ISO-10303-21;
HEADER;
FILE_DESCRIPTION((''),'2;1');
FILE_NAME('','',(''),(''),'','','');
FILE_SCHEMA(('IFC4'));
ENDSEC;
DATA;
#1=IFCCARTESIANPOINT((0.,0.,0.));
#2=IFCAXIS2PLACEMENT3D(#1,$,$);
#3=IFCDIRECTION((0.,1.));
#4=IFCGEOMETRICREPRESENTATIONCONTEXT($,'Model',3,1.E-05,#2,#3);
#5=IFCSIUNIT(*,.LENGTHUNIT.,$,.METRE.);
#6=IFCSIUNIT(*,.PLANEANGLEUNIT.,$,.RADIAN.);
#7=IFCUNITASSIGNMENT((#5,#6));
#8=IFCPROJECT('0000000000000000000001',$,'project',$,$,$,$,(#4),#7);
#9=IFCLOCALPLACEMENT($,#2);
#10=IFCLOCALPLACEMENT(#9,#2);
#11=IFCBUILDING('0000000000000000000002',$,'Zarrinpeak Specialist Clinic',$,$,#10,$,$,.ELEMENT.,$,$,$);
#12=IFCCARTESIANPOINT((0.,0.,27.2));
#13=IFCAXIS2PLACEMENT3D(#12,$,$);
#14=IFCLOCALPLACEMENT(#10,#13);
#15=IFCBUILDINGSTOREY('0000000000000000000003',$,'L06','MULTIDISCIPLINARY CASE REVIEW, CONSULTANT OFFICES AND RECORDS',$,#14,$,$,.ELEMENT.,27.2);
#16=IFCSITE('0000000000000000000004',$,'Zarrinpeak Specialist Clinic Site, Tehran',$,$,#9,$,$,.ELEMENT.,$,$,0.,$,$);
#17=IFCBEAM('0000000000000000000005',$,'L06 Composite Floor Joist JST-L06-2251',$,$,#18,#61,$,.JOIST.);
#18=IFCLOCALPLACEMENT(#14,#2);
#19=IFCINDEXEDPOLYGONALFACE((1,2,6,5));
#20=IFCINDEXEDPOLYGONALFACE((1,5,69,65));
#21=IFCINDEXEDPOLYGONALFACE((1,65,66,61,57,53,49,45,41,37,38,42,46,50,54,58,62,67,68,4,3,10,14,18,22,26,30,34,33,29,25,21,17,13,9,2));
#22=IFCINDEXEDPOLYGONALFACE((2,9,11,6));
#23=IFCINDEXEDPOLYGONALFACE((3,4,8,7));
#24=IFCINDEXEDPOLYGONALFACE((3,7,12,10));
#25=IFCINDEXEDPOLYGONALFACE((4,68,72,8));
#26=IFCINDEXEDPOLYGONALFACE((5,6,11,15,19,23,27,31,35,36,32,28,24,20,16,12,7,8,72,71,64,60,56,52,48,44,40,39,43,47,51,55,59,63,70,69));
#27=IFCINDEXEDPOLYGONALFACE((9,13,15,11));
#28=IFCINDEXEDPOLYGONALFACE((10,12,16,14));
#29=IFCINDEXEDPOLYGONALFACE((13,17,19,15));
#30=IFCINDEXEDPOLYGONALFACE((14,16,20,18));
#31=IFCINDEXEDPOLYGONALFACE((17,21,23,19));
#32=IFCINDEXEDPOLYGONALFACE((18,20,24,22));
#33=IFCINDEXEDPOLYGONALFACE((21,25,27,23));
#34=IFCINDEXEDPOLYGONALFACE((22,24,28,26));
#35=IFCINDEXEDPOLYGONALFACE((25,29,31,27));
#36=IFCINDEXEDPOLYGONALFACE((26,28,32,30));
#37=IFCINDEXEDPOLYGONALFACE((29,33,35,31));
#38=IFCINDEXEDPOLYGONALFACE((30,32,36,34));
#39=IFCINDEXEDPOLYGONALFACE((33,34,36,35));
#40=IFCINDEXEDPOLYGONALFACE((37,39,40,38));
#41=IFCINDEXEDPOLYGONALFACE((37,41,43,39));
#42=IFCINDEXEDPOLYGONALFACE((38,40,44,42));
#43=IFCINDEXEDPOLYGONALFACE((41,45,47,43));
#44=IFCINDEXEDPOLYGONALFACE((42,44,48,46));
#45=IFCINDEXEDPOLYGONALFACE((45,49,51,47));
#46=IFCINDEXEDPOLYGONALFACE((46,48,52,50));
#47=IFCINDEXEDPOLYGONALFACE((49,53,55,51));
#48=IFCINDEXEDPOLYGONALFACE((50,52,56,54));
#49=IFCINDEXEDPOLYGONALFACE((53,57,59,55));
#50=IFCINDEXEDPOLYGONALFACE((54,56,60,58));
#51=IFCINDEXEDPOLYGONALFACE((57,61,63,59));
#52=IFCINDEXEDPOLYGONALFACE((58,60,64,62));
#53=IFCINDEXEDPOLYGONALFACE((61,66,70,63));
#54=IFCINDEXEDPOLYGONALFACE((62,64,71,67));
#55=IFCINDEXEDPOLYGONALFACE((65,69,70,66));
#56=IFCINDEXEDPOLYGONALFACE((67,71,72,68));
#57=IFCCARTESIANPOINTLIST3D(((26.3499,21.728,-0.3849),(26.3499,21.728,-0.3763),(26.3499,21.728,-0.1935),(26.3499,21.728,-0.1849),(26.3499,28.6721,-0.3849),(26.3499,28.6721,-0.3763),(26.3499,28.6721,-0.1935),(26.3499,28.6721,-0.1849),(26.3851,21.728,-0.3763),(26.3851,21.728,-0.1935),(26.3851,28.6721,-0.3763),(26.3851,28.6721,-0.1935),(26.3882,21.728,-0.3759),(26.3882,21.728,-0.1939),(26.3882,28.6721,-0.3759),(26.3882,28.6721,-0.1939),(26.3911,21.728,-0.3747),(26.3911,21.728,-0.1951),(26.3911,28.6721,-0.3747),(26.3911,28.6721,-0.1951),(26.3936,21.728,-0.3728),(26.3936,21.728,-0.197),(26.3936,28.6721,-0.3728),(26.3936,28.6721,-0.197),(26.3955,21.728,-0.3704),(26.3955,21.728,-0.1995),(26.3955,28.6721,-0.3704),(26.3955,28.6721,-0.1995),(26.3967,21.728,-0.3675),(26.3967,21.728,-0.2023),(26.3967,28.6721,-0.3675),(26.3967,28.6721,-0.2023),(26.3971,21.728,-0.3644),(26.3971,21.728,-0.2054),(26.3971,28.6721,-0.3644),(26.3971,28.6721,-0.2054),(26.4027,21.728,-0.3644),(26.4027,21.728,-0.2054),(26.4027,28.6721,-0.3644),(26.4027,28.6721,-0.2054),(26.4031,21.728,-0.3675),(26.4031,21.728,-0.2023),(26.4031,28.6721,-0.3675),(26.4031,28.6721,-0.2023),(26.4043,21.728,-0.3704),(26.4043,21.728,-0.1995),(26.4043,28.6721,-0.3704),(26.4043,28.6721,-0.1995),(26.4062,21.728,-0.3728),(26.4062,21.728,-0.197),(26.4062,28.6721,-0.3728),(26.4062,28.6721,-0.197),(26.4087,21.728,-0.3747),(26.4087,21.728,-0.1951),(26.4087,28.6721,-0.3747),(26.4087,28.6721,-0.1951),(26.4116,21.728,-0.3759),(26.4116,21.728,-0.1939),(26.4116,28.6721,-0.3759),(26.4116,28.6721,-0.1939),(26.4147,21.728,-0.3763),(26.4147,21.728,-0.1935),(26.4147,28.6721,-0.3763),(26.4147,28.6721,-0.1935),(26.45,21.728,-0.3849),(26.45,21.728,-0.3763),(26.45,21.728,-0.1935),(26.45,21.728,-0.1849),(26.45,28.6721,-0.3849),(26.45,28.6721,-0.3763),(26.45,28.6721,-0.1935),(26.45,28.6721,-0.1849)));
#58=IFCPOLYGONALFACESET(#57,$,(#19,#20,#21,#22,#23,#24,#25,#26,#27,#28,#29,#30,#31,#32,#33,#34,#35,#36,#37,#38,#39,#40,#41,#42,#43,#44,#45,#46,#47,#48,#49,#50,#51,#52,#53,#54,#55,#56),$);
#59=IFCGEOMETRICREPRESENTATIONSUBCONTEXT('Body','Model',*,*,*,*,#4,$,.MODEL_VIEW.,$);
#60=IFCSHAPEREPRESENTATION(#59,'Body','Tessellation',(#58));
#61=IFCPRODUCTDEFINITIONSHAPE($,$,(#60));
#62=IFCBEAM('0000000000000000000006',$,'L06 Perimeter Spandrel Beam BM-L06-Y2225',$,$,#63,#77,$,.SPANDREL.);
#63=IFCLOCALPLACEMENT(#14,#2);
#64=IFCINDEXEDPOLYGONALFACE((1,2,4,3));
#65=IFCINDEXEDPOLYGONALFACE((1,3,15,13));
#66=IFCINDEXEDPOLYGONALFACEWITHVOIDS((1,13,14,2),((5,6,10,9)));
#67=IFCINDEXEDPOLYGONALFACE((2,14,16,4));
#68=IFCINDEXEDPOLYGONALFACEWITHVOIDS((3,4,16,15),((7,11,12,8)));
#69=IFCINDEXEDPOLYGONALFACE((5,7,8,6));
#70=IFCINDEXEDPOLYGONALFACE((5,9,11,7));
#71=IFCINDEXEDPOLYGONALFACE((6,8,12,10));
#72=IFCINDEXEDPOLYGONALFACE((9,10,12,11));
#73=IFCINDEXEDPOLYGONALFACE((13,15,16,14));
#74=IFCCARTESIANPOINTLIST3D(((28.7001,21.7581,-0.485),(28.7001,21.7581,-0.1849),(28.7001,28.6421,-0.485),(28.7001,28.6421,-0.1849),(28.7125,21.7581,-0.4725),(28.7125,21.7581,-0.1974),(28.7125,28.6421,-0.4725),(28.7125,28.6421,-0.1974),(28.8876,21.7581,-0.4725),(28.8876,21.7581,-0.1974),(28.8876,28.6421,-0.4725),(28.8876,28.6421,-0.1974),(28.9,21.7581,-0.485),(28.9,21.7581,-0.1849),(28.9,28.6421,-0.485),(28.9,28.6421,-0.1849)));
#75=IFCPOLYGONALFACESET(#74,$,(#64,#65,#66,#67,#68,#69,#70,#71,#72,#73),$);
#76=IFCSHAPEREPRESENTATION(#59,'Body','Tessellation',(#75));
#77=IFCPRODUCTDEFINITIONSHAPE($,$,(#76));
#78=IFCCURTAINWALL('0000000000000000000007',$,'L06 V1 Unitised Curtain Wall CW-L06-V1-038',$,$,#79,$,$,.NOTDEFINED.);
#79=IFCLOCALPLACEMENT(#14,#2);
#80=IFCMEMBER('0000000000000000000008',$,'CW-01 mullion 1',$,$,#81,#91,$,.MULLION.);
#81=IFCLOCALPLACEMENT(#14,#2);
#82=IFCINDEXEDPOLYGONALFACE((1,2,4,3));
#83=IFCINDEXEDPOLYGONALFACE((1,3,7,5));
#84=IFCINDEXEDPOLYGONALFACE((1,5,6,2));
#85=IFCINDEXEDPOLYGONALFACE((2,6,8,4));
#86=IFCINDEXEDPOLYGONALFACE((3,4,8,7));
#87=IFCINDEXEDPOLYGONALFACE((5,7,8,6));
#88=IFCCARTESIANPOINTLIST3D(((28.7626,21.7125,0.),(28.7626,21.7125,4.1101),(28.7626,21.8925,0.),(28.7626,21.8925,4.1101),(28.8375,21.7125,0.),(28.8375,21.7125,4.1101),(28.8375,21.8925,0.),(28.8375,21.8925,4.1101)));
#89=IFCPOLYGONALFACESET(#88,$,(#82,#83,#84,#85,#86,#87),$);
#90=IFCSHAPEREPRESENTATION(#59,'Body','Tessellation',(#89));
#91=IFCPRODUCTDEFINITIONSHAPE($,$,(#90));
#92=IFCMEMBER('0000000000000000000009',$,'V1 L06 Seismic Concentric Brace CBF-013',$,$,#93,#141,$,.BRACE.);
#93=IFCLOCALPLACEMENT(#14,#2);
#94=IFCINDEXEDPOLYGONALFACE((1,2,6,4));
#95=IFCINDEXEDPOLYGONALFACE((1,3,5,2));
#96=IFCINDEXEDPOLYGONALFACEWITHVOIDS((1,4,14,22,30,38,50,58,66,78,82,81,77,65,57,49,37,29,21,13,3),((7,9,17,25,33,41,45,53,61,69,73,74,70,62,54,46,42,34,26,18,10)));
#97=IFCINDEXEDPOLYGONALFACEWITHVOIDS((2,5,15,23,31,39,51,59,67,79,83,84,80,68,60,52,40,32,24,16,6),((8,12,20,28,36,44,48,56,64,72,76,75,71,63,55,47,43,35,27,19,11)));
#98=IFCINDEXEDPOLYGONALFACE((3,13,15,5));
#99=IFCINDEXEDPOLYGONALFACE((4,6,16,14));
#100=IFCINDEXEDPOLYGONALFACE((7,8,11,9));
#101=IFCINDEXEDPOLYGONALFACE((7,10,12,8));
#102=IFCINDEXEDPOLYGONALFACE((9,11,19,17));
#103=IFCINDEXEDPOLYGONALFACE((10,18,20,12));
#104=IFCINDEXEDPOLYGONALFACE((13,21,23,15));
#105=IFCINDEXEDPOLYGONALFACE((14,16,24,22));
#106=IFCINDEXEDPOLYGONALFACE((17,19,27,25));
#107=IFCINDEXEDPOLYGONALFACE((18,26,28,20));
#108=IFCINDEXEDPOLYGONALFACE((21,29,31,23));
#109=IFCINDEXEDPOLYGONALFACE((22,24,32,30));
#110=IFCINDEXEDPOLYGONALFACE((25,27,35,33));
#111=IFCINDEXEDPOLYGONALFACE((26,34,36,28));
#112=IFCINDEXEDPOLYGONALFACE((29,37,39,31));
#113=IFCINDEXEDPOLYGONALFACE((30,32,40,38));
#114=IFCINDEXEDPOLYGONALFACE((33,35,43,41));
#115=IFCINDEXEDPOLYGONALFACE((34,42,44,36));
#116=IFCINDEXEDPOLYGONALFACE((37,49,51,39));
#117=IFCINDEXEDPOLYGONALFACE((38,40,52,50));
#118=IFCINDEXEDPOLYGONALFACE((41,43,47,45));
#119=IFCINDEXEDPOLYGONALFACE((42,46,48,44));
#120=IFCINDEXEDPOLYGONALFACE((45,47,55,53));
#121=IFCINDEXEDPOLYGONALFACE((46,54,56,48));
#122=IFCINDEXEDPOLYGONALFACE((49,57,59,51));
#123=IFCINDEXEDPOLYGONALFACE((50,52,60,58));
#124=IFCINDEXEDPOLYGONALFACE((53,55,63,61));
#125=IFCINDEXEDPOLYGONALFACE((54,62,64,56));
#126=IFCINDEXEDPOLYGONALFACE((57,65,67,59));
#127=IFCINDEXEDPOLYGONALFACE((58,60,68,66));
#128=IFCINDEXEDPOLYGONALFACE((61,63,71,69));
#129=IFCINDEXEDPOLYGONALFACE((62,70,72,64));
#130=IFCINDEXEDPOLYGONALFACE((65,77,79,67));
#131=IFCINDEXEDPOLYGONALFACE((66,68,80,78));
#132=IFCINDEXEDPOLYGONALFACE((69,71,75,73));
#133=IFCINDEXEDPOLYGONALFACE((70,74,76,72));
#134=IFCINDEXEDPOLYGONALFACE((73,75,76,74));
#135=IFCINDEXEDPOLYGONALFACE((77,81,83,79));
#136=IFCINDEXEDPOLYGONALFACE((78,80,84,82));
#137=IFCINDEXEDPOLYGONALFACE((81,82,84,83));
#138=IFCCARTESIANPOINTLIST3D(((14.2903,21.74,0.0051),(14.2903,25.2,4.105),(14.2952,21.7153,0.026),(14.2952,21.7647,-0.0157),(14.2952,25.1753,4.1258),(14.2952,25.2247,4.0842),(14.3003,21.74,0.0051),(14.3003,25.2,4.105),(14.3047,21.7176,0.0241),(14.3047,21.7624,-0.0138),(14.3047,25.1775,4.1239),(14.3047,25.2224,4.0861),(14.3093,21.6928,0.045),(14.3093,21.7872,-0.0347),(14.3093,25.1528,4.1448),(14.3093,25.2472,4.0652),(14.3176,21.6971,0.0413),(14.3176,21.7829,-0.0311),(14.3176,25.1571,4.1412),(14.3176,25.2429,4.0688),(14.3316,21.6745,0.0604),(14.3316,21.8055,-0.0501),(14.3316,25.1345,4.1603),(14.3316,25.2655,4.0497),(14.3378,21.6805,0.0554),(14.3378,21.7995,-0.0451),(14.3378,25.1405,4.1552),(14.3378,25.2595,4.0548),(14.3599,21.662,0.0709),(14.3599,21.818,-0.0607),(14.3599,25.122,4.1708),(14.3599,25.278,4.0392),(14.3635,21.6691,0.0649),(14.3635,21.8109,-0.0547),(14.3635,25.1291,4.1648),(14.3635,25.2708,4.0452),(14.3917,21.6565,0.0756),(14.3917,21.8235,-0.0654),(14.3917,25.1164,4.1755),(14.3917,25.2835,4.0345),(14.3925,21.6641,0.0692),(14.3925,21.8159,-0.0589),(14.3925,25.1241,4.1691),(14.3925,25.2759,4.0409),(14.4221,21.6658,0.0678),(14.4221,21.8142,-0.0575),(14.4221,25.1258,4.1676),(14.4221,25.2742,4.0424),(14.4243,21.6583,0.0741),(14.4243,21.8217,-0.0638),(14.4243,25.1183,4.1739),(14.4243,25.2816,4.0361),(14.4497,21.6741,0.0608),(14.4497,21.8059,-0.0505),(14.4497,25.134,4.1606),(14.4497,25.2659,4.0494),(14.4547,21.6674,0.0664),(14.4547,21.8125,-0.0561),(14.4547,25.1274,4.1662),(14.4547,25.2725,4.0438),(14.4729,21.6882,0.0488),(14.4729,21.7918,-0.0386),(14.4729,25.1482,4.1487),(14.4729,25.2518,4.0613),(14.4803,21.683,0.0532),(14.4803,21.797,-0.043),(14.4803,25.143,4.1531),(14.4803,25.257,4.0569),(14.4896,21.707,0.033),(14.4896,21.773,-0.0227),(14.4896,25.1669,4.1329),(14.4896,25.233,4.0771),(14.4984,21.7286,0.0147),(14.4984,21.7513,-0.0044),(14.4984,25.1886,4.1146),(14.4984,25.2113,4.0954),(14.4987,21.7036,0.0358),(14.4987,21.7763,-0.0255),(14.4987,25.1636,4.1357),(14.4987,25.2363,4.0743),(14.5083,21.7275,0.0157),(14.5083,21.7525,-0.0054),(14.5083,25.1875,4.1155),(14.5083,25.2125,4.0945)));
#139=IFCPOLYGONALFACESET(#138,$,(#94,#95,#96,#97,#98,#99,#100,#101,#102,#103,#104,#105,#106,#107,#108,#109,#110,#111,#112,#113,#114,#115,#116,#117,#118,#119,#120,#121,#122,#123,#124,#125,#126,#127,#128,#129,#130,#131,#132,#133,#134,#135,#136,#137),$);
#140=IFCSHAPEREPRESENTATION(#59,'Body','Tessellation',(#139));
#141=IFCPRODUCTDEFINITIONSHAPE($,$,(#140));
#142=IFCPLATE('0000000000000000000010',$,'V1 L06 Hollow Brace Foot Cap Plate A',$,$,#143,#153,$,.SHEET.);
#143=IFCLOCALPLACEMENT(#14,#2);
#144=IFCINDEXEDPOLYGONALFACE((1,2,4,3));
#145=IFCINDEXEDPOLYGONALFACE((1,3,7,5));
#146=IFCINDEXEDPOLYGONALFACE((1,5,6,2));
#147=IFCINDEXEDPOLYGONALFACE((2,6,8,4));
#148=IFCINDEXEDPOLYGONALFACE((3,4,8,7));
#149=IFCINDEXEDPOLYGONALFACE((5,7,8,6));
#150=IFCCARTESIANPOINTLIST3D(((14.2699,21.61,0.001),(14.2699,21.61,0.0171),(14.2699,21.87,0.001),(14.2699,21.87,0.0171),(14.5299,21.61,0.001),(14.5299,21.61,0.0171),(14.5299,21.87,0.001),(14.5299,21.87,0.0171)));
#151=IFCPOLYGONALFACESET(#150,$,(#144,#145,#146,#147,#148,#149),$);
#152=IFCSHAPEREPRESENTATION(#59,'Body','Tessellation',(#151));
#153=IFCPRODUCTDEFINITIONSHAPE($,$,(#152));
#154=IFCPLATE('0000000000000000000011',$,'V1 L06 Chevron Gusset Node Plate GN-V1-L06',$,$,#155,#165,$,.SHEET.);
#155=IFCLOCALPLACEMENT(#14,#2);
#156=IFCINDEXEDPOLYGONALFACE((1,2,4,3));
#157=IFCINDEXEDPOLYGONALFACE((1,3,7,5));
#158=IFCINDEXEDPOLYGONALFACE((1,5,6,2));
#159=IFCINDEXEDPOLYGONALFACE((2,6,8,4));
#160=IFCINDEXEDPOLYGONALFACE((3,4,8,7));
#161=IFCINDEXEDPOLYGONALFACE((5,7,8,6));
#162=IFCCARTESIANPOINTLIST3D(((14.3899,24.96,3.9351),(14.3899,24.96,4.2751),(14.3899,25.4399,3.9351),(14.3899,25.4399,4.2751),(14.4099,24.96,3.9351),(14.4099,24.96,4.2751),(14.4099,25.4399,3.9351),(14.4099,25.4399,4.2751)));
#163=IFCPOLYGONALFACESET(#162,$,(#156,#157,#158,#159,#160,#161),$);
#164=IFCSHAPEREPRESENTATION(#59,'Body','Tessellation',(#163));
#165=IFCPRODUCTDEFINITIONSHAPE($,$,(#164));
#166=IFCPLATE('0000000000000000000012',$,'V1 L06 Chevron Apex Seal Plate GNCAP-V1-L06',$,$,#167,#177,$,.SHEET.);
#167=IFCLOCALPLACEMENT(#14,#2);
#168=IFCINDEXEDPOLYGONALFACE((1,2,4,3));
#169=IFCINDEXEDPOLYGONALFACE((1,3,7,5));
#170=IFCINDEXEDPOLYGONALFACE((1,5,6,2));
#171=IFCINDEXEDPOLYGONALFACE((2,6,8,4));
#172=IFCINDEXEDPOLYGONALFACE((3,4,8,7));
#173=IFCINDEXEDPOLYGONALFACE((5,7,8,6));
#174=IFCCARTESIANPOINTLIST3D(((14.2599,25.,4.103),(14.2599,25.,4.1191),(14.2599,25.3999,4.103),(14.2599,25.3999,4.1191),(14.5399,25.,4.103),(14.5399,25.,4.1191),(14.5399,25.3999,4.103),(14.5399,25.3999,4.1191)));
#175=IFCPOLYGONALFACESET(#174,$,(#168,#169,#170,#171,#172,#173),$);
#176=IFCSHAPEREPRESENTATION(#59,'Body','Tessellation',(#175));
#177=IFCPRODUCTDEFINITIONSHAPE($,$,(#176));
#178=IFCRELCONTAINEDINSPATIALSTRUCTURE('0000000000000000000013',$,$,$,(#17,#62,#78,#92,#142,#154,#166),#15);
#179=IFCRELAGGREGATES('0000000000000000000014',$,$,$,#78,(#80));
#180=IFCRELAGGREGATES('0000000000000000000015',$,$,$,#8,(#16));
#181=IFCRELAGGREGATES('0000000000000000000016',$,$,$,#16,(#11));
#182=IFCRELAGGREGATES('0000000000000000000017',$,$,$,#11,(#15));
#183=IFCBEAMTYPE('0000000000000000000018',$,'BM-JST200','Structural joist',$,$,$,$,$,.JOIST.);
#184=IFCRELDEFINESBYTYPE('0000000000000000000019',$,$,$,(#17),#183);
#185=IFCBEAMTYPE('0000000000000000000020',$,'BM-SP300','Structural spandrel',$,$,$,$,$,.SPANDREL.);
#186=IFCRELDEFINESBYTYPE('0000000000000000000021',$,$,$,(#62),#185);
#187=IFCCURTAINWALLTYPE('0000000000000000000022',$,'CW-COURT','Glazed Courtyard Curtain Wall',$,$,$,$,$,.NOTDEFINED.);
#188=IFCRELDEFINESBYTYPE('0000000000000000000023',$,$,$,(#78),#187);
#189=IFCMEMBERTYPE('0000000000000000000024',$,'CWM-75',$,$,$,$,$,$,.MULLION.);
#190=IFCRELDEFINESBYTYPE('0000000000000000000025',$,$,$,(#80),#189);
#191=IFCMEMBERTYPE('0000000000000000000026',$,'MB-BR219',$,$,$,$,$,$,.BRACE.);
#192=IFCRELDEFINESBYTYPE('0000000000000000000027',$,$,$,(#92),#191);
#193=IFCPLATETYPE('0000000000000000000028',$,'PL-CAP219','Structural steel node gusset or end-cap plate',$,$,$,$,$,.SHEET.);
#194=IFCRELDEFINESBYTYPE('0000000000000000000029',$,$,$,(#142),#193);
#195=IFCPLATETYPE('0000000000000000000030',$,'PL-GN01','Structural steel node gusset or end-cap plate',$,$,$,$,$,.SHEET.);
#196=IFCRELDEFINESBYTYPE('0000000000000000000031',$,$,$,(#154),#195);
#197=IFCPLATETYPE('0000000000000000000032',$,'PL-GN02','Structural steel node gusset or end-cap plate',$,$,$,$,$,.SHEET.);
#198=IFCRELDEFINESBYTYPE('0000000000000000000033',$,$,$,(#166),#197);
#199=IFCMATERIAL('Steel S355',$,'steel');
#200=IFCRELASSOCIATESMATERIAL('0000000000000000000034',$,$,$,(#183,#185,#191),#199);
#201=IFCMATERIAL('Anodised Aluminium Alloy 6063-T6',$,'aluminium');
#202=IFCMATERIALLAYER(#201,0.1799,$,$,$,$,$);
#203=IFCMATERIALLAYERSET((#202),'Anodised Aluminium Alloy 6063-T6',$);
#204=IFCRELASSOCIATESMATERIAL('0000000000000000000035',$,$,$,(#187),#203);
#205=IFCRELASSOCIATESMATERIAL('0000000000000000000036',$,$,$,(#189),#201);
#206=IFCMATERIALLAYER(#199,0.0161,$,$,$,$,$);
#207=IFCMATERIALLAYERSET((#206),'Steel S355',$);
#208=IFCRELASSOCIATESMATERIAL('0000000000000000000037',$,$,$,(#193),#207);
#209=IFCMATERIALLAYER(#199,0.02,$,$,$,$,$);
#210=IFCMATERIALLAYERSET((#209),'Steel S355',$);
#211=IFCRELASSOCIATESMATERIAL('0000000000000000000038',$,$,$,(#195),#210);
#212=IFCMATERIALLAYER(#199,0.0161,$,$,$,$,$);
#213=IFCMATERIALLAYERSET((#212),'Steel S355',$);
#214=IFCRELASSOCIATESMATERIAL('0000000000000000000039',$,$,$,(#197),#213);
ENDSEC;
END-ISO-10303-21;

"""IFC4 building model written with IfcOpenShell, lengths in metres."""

from ifc_helpers import new_model, si_unit, direction, frame, origin, origin_2d, place, context, subcontext, project, spatial, rectangle, hollow_rectangle, hollow_circle, i_section, extrude, material, layer, layer_set, material_profile, profile_set, type_object, element, aggregate, save


model = new_model("IFC4")

# Units and contexts
model_context = context("Model", 3, precision=1e-05, world=origin(), true_north=direction((0.0, 1.0)))
body_context = subcontext(model_context, "Body", "Model", "MODEL_VIEW")
ifc_project = project(units=[si_unit("LENGTHUNIT", "METRE"), si_unit("PLANEANGLEUNIT", "RADIAN")], contexts=[model_context])

# Site, building, storey
site_placement = place(None, origin())
site = spatial("IfcSite", under=ifc_project, at=site_placement, Name="Zarrinpeak Specialist Clinic Site, Tehran", CompositionType="ELEMENT", RefElevation=0.0)
building_placement = place(site_placement, origin())
building = spatial("IfcBuilding", under=site, at=building_placement, Name="Zarrinpeak Specialist Clinic", CompositionType="ELEMENT")
storey_placement = place(building_placement, frame((0.0, 0.0, 27.2)))
storey = spatial("IfcBuildingStorey", under=building, at=storey_placement, Name="L06", Description="MULTIDISCIPLINARY CASE REVIEW, CONSULTANT OFFICES AND RECORDS", CompositionType="ELEMENT", Elevation=27.2)

# Beams
ifc_material_1 = material(Name="Steel S355", Category="steel")
ifc_material_profile_1 = material_profile(ifc_material_1, i_section(OverallWidth=0.1001, OverallDepth=0.2, WebThickness=0.0056, FlangeThickness=0.0085, FilletRadius=0.012, at=origin_2d()), Name="IPE 200")
ifc_profile_set_1 = profile_set([ifc_material_profile_1], Name="Steel S355")
beam_type_1 = type_object("IfcBeamType", Name="BM-JST200", Description="Structural joist", PredefinedType="JOIST", material=ifc_profile_set_1)
for number, where, z_axis, x_axis, name in (
    (1, (26.3999, 21.728, -0.2849), (0.0, 1.0, 0.0), (-1.0, 0.0, 0.0), "L06 Composite Floor Joist JST-L06-2251"),
):
    element("IfcBeam", number, at=place(storey_placement, frame(where, z_axis=z_axis, x_axis=x_axis)), inside=storey, type_object=beam_type_1, Name=name, PredefinedType="JOIST", context=body_context, shape_type="SweptSolid", body=[
        extrude(i_section(OverallWidth=0.1001, OverallDepth=0.2, WebThickness=0.0056, FlangeThickness=0.0085, FilletRadius=0.012, at=origin_2d()), origin(), (0.0, 0.0, 1.0), 6.9441),
    ])
ifc_material_profile_2 = material_profile(ifc_material_1, hollow_rectangle(XDim=0.2, YDim=0.3, WallThickness=0.0125, at=origin_2d()), Name="RHS 300x200x12.5")
ifc_profile_set_2 = profile_set([ifc_material_profile_2], Name="Steel S355")
beam_type_2 = type_object("IfcBeamType", Name="BM-SP300", Description="Structural spandrel", PredefinedType="SPANDREL", material=ifc_profile_set_2)
beam_placement = place(storey_placement, frame((28.8, 21.7581, -0.335), z_axis=(0.0, 1.0, 0.0), x_axis=(-1.0, 0.0, 0.0)))
element("IfcBeam", 2, at=beam_placement, inside=storey, type_object=beam_type_2, Name="L06 Perimeter Spandrel Beam BM-L06-Y2225", PredefinedType="SPANDREL", context=body_context, shape_type="SweptSolid", body=[
    extrude(hollow_rectangle(XDim=0.2, YDim=0.3, WallThickness=0.0125, at=origin_2d()), origin(), (0.0, 0.0, 1.0), 6.884),
])

# Curtain wall, member
ifc_material_2 = material(Name="Anodised Aluminium Alloy 6063-T6", Category="aluminium")
ifc_layer_1 = layer(ifc_material_2, 0.1799)
ifc_layer_set_1 = layer_set([ifc_layer_1], Name="Anodised Aluminium Alloy 6063-T6")
curtain_wall_type = type_object("IfcCurtainWallType", Name="CW-COURT", Description="Glazed Courtyard Curtain Wall", PredefinedType="NOTDEFINED", material=ifc_layer_set_1)
curtain_wall_placement = place(storey_placement, origin())
curtain_wall = element("IfcCurtainWall", 3, at=curtain_wall_placement, inside=storey, type_object=curtain_wall_type, Name="L06 V1 Unitised Curtain Wall CW-L06-V1-038", PredefinedType="NOTDEFINED")
ifc_material_profile_3 = material_profile(ifc_material_2, rectangle(XDim=0.075, YDim=0.1799, at=origin_2d()), Name="ALU 75x180")
ifc_profile_set_3 = profile_set([ifc_material_profile_3], Name="Anodised Aluminium Alloy 6063-T6")
member_type_1 = type_object("IfcMemberType", Name="CWM-75", PredefinedType="MULLION", material=ifc_profile_set_3)
member_1_placement = place(storey_placement, frame((28.8, 21.8025, 0.0), z_axis=(0.0, 0.0, 1.0), x_axis=(-1.0, 0.0, 0.0)))
member_1 = element("IfcMember", 4, at=member_1_placement, type_object=member_type_1, Name="CW-01 mullion 1", PredefinedType="MULLION", context=body_context, shape_type="SweptSolid", body=[
    extrude(rectangle(XDim=0.075, YDim=0.1799, at=origin_2d()), origin(), (0.0, 0.0, 1.0), 4.1101),
])
aggregate(curtain_wall, [member_1])

# Member
ifc_material_profile_4 = material_profile(ifc_material_1, hollow_circle(Radius=0.1096, WallThickness=0.01, at=origin_2d()), Name="CHS 219.1x10.0")
ifc_profile_set_4 = profile_set([ifc_material_profile_4], Name="Steel S355")
member_type_2 = type_object("IfcMemberType", Name="MB-BR219", PredefinedType="BRACE", material=ifc_profile_set_4)
member_2_placement = place(storey_placement, frame((14.3999, 21.74, 0.0051), z_axis=(0.0, 0.644948, 0.764226), x_axis=(-1.0, 0.0, 0.0)))
element("IfcMember", 5, at=member_2_placement, inside=storey, type_object=member_type_2, Name="V1 L06 Seismic Concentric Brace CBF-013", PredefinedType="BRACE", context=body_context, shape_type="SweptSolid", body=[
    extrude(hollow_circle(Radius=0.1096, WallThickness=0.01, at=origin_2d()), origin(), (0.0, 0.0, 1.0), 5.3647),
])

# Plates
ifc_layer_2 = layer(ifc_material_1, 0.0161)
ifc_layer_set_2 = layer_set([ifc_layer_2], Name="Steel S355")
plate_type_1 = type_object("IfcPlateType", Name="PL-CAP219", Description="Structural steel node gusset or end-cap plate", PredefinedType="SHEET", material=ifc_layer_set_2)
plate_1_placement = place(storey_placement, frame((14.3999, 21.74, 0.001), z_axis=(0.0, 0.0, 1.0), x_axis=(1.0, 0.0, 0.0)))
element("IfcPlate", 6, at=plate_1_placement, inside=storey, type_object=plate_type_1, Name="V1 L06 Hollow Brace Foot Cap Plate A", PredefinedType="SHEET", context=body_context, shape_type="SweptSolid", body=[
    extrude(rectangle(XDim=0.26, YDim=0.26, at=origin_2d()), origin(), (0.0, 0.0, 1.0), 0.0161),
])
ifc_layer_3 = layer(ifc_material_1, 0.02)
ifc_layer_set_3 = layer_set([ifc_layer_3], Name="Steel S355")
plate_type_2 = type_object("IfcPlateType", Name="PL-GN01", Description="Structural steel node gusset or end-cap plate", PredefinedType="SHEET", material=ifc_layer_set_3)
plate_2_placement = place(storey_placement, frame((14.3999, 25.2, 3.9351), z_axis=(0.0, 0.0, 1.0), x_axis=(1.0, 0.0, 0.0)))
element("IfcPlate", 7, at=plate_2_placement, inside=storey, type_object=plate_type_2, Name="V1 L06 Chevron Gusset Node Plate GN-V1-L06", PredefinedType="SHEET", context=body_context, shape_type="SweptSolid", body=[
    extrude(rectangle(XDim=0.02, YDim=0.48, at=origin_2d()), origin(), (0.0, 0.0, 1.0), 0.3401),
])
ifc_layer_4 = layer(ifc_material_1, 0.0161)
ifc_layer_set_4 = layer_set([ifc_layer_4], Name="Steel S355")
plate_type_3 = type_object("IfcPlateType", Name="PL-GN02", Description="Structural steel node gusset or end-cap plate", PredefinedType="SHEET", material=ifc_layer_set_4)
plate_3_placement = place(storey_placement, frame((14.3999, 25.2, 4.103), z_axis=(0.0, 0.0, 1.0), x_axis=(1.0, 0.0, 0.0)))
element("IfcPlate", 8, at=plate_3_placement, inside=storey, type_object=plate_type_3, Name="V1 L06 Chevron Apex Seal Plate GNCAP-V1-L06", PredefinedType="SHEET", context=body_context, shape_type="SweptSolid", body=[
    extrude(rectangle(XDim=0.28, YDim=0.3999, at=origin_2d()), origin(), (0.0, 0.0, 1.0), 0.0161),
])

save(model, "model.ifc")
